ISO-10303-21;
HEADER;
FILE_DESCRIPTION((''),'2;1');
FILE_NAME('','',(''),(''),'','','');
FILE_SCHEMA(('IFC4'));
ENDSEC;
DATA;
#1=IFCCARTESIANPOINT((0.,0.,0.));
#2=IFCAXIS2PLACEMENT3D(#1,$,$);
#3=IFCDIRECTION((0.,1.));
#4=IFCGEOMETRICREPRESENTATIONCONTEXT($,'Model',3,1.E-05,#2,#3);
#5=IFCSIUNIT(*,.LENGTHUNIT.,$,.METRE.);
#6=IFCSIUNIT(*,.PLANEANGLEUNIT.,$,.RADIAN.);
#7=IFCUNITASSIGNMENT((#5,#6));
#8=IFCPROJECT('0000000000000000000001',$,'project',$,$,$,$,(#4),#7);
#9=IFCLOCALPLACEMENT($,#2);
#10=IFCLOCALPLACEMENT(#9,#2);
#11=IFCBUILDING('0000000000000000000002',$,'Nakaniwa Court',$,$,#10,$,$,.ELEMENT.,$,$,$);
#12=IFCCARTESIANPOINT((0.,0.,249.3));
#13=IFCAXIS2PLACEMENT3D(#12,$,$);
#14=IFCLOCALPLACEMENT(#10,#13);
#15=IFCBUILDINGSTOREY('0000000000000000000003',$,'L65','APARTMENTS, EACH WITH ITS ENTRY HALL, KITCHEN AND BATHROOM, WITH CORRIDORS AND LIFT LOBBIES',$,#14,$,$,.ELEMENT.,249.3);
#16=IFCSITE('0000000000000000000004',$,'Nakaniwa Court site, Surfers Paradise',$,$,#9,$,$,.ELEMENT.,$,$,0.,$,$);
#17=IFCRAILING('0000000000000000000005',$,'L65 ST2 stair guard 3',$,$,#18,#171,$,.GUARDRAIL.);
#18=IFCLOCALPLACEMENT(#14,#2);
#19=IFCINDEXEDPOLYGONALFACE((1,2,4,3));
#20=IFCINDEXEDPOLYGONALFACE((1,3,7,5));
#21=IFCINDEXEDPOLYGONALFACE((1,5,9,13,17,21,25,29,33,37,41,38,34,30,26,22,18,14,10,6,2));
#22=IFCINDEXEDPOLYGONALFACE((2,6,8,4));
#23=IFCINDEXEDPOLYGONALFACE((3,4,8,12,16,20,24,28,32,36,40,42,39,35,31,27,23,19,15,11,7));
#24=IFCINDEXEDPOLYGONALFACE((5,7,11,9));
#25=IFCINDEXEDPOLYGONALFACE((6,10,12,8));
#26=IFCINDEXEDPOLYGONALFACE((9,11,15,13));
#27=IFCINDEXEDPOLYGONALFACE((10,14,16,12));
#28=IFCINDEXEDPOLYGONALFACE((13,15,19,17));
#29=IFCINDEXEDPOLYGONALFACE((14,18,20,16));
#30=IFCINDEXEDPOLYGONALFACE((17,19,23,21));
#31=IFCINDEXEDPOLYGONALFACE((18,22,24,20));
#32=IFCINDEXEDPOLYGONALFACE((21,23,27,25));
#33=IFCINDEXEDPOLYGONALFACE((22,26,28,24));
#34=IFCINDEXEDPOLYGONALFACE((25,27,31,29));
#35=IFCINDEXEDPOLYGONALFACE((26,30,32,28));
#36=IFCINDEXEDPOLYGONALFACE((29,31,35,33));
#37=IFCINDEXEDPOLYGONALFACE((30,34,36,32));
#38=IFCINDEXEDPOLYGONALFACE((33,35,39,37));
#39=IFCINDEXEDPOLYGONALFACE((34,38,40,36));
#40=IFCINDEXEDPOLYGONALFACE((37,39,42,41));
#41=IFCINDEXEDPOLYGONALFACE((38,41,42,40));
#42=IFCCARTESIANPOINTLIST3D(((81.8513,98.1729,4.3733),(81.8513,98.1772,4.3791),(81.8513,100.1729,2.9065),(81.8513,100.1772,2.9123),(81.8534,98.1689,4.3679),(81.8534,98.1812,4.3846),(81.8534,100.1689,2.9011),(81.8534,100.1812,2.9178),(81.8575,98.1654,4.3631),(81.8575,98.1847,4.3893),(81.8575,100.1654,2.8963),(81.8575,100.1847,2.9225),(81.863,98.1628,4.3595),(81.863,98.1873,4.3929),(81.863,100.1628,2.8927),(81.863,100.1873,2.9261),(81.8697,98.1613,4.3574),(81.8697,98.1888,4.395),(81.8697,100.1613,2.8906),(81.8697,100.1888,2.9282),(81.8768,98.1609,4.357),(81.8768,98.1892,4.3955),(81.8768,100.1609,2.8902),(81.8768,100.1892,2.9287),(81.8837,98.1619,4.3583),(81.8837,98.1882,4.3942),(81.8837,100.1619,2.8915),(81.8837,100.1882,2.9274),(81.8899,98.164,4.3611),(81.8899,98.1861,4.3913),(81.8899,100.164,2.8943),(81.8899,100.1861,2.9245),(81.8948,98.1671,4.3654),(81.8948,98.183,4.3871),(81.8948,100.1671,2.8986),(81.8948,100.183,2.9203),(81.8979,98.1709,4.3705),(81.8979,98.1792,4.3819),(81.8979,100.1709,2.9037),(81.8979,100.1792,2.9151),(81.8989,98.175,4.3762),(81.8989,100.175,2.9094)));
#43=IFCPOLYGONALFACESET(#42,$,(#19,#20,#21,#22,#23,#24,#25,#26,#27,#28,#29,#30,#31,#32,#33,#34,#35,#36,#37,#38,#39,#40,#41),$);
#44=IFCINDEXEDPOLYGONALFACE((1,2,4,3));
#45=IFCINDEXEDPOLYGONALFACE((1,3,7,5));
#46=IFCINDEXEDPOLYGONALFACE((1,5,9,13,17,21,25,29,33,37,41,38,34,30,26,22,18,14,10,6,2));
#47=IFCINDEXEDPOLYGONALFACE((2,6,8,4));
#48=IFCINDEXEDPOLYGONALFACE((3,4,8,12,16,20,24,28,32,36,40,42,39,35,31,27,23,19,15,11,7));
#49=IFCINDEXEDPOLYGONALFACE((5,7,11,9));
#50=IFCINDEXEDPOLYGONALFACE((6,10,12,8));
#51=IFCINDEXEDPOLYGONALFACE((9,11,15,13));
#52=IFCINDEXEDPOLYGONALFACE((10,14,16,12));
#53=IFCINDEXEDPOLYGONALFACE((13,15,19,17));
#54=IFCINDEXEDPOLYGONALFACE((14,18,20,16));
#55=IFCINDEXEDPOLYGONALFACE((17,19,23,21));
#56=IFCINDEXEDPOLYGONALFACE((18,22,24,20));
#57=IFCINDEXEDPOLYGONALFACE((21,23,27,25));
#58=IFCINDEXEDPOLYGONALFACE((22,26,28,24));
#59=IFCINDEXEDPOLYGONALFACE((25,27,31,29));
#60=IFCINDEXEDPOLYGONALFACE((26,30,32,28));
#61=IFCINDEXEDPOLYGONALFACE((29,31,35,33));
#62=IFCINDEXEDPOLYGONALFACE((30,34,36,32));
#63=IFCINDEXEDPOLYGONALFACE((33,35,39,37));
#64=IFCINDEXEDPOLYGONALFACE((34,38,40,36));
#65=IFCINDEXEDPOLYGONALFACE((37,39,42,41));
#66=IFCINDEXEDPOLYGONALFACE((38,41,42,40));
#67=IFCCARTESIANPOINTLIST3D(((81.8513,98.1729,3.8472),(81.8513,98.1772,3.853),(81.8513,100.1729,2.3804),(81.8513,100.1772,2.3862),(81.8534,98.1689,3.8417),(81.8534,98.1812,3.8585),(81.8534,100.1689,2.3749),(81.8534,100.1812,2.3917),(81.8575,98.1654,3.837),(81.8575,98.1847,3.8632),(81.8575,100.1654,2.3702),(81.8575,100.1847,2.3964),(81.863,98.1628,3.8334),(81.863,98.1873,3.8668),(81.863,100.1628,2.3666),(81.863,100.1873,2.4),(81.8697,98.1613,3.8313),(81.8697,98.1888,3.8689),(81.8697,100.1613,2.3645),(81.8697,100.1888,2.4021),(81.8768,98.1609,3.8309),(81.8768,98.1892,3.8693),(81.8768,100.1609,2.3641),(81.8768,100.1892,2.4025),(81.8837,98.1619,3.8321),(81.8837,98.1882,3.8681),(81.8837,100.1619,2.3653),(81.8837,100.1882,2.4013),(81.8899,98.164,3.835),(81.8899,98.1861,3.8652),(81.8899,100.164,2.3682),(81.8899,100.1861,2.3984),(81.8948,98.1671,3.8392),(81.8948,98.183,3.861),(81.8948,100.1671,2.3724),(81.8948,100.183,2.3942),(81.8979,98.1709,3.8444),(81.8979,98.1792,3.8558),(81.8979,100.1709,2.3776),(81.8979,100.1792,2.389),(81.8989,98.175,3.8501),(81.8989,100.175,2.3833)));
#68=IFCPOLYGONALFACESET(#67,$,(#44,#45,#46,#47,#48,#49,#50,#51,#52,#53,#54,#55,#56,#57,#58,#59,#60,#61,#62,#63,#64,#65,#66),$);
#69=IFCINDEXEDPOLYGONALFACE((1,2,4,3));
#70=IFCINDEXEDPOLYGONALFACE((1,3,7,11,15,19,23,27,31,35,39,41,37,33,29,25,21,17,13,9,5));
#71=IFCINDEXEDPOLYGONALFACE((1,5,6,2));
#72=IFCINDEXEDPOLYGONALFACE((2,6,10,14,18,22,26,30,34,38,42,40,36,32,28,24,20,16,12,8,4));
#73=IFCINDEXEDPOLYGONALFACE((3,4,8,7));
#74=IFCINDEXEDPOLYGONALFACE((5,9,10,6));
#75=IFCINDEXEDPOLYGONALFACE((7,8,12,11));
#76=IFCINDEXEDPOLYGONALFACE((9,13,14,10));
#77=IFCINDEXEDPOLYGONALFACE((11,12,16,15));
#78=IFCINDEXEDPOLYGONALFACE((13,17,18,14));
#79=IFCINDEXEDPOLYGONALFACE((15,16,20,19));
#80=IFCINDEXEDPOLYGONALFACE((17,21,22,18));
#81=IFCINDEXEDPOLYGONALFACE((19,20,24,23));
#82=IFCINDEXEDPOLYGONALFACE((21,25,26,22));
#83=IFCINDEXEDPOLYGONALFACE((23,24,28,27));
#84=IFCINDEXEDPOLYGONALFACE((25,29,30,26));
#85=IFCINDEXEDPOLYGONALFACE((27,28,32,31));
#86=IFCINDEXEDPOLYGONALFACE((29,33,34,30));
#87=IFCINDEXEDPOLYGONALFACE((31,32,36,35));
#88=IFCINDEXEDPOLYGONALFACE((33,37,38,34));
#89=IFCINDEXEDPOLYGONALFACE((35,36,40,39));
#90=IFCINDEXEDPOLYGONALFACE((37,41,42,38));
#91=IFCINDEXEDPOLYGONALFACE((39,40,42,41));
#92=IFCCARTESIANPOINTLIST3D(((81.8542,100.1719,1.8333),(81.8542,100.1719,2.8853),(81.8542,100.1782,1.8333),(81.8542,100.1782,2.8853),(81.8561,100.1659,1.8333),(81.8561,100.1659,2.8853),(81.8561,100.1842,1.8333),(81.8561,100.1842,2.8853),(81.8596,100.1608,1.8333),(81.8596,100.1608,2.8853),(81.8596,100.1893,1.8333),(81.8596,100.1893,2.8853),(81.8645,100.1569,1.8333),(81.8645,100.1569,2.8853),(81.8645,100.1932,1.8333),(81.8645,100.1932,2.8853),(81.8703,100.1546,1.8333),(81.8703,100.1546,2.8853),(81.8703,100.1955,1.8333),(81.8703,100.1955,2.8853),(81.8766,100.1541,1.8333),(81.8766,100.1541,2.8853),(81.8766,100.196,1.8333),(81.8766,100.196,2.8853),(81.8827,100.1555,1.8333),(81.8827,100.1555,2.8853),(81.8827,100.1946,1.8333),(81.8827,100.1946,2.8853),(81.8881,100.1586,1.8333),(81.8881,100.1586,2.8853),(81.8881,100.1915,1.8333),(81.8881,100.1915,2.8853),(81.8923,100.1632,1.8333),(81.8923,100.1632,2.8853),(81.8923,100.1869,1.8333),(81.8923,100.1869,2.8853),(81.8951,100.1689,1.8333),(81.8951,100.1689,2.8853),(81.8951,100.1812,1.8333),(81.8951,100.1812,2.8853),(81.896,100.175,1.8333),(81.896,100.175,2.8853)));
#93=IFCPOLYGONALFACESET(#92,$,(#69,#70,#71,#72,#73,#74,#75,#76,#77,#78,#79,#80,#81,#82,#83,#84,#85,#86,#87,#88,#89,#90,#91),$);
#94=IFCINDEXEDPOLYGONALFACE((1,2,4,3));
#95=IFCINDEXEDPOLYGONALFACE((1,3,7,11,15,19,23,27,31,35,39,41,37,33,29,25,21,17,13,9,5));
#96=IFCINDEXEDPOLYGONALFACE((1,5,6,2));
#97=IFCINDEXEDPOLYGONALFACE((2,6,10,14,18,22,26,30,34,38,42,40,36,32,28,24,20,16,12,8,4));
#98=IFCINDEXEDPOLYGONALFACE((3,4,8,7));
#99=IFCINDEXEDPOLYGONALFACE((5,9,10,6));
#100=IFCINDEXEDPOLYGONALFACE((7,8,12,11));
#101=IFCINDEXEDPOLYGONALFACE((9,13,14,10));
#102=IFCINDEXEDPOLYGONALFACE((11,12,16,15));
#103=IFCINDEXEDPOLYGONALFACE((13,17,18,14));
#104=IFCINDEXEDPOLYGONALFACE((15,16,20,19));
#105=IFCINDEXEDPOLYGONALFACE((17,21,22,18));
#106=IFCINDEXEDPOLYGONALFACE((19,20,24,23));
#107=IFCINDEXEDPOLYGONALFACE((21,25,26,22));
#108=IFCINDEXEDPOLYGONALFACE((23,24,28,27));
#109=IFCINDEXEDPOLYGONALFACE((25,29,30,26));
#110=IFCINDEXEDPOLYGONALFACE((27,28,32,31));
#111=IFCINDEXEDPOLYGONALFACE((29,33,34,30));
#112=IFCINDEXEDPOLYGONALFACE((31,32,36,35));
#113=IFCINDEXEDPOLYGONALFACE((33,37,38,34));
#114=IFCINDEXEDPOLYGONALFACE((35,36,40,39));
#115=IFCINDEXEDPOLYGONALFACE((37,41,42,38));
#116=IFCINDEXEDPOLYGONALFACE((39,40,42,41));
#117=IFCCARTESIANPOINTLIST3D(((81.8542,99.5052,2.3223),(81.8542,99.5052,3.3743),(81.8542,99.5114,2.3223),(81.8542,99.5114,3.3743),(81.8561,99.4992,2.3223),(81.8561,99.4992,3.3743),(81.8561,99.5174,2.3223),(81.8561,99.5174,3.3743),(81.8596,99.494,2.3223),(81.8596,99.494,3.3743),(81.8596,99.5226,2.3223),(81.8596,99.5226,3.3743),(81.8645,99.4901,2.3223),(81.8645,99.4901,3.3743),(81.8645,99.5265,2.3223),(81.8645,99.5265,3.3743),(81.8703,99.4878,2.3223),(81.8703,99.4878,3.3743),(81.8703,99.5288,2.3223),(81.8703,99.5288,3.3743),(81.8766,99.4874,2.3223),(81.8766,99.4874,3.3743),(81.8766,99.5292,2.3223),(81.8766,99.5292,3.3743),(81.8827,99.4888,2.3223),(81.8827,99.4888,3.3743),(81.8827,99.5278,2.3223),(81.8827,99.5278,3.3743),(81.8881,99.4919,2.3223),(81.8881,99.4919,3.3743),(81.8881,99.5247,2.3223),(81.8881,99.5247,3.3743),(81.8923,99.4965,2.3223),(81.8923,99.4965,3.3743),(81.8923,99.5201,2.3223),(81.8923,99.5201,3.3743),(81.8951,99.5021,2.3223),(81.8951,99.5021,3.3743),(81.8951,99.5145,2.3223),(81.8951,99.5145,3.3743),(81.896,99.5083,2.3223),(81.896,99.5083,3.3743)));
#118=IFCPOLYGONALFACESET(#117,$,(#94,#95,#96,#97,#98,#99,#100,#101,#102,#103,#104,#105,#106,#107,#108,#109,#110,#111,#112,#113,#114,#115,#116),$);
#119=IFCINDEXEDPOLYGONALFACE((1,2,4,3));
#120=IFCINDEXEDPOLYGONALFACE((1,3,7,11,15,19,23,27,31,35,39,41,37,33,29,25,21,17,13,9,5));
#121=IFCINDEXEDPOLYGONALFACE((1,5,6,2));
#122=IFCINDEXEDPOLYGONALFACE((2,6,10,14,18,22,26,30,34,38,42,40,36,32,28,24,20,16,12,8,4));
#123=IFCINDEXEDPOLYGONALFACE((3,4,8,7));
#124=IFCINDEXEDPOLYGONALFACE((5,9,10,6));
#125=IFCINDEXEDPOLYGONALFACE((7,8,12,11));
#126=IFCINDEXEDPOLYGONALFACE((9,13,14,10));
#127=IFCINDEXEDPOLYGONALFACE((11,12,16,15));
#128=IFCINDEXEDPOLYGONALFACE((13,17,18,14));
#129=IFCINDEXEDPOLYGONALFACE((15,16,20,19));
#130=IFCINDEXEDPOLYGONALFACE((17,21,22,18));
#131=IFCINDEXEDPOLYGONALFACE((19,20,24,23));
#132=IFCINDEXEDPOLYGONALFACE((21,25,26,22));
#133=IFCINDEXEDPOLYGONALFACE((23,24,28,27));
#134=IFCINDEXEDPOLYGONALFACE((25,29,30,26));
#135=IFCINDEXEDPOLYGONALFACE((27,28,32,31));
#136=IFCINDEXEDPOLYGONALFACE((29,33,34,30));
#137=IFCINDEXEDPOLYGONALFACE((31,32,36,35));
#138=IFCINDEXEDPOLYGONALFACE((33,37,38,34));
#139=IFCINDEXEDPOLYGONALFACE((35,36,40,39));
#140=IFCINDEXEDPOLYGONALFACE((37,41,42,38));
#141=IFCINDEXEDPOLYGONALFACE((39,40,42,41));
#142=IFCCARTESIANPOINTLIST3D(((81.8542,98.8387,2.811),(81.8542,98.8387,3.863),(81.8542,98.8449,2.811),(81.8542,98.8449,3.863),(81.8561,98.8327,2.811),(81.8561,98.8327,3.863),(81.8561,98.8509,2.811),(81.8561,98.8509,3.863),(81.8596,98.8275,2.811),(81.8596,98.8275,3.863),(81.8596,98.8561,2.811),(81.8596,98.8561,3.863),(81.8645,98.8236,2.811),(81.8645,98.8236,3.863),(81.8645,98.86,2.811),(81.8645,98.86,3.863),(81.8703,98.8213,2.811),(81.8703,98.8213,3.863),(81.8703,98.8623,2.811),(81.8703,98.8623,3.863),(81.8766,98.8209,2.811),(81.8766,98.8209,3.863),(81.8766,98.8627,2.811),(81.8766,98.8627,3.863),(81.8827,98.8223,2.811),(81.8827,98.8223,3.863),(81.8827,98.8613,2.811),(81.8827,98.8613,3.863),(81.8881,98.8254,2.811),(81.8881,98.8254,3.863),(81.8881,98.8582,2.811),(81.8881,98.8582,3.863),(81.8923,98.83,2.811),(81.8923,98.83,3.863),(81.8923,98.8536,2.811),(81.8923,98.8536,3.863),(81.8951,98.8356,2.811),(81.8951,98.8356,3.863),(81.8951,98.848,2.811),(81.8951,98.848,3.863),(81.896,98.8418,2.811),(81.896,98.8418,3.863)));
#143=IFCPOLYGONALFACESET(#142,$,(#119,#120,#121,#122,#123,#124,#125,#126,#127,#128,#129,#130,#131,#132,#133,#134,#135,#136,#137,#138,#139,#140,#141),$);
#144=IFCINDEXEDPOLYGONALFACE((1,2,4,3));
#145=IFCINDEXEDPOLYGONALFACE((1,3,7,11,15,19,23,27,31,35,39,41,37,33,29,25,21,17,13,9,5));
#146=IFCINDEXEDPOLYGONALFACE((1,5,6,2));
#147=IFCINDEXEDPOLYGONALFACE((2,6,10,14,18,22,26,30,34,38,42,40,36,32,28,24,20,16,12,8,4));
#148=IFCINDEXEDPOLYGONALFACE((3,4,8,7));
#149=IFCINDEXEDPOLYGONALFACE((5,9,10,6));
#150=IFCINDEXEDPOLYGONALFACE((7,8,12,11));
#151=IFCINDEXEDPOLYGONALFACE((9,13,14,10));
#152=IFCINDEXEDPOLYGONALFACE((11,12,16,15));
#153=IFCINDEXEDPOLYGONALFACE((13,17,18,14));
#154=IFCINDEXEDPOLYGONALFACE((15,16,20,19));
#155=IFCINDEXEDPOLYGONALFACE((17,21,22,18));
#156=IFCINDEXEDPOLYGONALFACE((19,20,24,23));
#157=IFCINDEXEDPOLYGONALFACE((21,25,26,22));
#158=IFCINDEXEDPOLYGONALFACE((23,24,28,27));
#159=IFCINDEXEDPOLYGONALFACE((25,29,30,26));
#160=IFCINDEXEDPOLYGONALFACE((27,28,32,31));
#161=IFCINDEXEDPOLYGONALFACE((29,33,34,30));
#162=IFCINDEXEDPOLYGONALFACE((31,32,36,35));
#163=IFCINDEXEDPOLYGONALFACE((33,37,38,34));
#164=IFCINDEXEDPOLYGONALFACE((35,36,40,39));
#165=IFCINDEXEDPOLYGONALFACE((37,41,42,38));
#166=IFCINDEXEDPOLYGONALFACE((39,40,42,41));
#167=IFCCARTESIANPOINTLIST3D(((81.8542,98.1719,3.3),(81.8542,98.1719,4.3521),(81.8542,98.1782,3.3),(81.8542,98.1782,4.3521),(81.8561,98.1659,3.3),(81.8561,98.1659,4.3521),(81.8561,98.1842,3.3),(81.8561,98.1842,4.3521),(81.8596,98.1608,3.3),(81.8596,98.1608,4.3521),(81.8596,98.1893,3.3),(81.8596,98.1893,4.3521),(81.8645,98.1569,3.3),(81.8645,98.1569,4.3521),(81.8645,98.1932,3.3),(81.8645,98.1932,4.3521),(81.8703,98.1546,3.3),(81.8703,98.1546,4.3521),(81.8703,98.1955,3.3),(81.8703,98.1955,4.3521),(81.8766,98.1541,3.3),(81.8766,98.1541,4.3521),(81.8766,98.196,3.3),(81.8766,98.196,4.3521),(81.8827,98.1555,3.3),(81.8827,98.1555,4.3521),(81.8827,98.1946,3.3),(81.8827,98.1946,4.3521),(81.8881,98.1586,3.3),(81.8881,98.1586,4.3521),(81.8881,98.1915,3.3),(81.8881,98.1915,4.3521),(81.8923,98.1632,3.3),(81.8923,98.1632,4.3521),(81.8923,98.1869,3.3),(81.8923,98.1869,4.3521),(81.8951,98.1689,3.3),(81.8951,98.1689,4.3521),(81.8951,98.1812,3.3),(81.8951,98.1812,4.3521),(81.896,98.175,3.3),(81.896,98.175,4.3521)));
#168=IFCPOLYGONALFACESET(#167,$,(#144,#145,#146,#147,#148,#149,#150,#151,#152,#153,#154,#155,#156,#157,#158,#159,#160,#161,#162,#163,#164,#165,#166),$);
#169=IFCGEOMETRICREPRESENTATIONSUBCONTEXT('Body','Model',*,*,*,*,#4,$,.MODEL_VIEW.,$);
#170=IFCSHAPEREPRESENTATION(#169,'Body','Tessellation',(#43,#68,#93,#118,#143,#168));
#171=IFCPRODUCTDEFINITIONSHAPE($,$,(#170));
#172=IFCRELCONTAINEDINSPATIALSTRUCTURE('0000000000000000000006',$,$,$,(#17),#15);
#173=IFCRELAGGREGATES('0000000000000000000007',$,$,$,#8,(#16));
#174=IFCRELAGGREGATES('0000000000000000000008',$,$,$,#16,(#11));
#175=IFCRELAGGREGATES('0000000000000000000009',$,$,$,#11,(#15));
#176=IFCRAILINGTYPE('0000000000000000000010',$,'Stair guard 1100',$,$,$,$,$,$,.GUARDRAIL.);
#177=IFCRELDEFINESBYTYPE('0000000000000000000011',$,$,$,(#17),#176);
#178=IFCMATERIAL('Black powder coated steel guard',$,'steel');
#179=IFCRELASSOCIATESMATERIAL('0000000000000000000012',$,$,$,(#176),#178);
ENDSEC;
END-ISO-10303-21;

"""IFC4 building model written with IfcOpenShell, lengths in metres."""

from ifc_helpers import new_model, si_unit, direction, frame, origin, origin_2d, place, context, subcontext, project, spatial, circle, extrude, material, type_object, element, save


model = new_model("IFC4")

# Units and contexts
model_context = context("Model", 3, precision=1e-05, world=origin(), true_north=direction((0.0, 1.0)))
body_context = subcontext(model_context, "Body", "Model", "MODEL_VIEW")
ifc_project = project(units=[si_unit("LENGTHUNIT", "METRE"), si_unit("PLANEANGLEUNIT", "RADIAN")], contexts=[model_context])

# Site, building, storey
site_placement = place(None, origin())
site = spatial("IfcSite", under=ifc_project, at=site_placement, Name="Nakaniwa Court site, Surfers Paradise", CompositionType="ELEMENT", RefElevation=0.0)
building_placement = place(site_placement, origin())
building = spatial("IfcBuilding", under=site, at=building_placement, Name="Nakaniwa Court", CompositionType="ELEMENT")
storey_placement = place(building_placement, frame((0.0, 0.0, 249.3)))
storey = spatial("IfcBuildingStorey", under=building, at=storey_placement, Name="L65", Description="APARTMENTS, EACH WITH ITS ENTRY HALL, KITCHEN AND BATHROOM, WITH CORRIDORS AND LIFT LOBBIES", CompositionType="ELEMENT", Elevation=249.3)

# Railing
ifc_material_1 = material(Name="Black powder coated steel guard", Category="steel")
railing_type_1 = type_object("IfcRailingType", Name="Stair guard 1100", PredefinedType="GUARDRAIL", material=ifc_material_1)
railing_1_placement = place(storey_placement, frame((81.875, 100.175, 1.8333)))
element("IfcRailing", 1, at=railing_1_placement, inside=storey, type_object=railing_type_1, Name="L65 ST2 stair guard 3", PredefinedType="GUARDRAIL", context=body_context, shape_type="SweptSolid", body=[
    extrude(circle(Radius=0.0239, at=origin_2d()), frame((0.0, 0.0, 1.0762), z_axis=(0.0, -0.80638, 0.591398), x_axis=(1.0, 0.0, 0.0)), (0.0, 0.0, 1.0), 2.4802),
    extrude(circle(Radius=0.0239, at=origin_2d()), frame((0.0, 0.0, 0.55), z_axis=(0.0, -0.80638, 0.591398), x_axis=(1.0, 0.0, 0.0)), (0.0, 0.0, 1.0), 2.4802),
    extrude(circle(Radius=0.021, at=origin_2d()), origin(), (0.0, 0.0, 1.0), 1.052),
    extrude(circle(Radius=0.021, at=origin_2d()), frame((0.0, -0.6667, 0.489)), (0.0, 0.0, 1.0), 1.052),
    extrude(circle(Radius=0.021, at=origin_2d()), frame((0.0, -1.3333, 0.9778)), (0.0, 0.0, 1.0), 1.052),
    extrude(circle(Radius=0.021, at=origin_2d()), frame((0.0, -2.0, 1.4668)), (0.0, 0.0, 1.0), 1.052),
])

save(model, "model.ifc")
